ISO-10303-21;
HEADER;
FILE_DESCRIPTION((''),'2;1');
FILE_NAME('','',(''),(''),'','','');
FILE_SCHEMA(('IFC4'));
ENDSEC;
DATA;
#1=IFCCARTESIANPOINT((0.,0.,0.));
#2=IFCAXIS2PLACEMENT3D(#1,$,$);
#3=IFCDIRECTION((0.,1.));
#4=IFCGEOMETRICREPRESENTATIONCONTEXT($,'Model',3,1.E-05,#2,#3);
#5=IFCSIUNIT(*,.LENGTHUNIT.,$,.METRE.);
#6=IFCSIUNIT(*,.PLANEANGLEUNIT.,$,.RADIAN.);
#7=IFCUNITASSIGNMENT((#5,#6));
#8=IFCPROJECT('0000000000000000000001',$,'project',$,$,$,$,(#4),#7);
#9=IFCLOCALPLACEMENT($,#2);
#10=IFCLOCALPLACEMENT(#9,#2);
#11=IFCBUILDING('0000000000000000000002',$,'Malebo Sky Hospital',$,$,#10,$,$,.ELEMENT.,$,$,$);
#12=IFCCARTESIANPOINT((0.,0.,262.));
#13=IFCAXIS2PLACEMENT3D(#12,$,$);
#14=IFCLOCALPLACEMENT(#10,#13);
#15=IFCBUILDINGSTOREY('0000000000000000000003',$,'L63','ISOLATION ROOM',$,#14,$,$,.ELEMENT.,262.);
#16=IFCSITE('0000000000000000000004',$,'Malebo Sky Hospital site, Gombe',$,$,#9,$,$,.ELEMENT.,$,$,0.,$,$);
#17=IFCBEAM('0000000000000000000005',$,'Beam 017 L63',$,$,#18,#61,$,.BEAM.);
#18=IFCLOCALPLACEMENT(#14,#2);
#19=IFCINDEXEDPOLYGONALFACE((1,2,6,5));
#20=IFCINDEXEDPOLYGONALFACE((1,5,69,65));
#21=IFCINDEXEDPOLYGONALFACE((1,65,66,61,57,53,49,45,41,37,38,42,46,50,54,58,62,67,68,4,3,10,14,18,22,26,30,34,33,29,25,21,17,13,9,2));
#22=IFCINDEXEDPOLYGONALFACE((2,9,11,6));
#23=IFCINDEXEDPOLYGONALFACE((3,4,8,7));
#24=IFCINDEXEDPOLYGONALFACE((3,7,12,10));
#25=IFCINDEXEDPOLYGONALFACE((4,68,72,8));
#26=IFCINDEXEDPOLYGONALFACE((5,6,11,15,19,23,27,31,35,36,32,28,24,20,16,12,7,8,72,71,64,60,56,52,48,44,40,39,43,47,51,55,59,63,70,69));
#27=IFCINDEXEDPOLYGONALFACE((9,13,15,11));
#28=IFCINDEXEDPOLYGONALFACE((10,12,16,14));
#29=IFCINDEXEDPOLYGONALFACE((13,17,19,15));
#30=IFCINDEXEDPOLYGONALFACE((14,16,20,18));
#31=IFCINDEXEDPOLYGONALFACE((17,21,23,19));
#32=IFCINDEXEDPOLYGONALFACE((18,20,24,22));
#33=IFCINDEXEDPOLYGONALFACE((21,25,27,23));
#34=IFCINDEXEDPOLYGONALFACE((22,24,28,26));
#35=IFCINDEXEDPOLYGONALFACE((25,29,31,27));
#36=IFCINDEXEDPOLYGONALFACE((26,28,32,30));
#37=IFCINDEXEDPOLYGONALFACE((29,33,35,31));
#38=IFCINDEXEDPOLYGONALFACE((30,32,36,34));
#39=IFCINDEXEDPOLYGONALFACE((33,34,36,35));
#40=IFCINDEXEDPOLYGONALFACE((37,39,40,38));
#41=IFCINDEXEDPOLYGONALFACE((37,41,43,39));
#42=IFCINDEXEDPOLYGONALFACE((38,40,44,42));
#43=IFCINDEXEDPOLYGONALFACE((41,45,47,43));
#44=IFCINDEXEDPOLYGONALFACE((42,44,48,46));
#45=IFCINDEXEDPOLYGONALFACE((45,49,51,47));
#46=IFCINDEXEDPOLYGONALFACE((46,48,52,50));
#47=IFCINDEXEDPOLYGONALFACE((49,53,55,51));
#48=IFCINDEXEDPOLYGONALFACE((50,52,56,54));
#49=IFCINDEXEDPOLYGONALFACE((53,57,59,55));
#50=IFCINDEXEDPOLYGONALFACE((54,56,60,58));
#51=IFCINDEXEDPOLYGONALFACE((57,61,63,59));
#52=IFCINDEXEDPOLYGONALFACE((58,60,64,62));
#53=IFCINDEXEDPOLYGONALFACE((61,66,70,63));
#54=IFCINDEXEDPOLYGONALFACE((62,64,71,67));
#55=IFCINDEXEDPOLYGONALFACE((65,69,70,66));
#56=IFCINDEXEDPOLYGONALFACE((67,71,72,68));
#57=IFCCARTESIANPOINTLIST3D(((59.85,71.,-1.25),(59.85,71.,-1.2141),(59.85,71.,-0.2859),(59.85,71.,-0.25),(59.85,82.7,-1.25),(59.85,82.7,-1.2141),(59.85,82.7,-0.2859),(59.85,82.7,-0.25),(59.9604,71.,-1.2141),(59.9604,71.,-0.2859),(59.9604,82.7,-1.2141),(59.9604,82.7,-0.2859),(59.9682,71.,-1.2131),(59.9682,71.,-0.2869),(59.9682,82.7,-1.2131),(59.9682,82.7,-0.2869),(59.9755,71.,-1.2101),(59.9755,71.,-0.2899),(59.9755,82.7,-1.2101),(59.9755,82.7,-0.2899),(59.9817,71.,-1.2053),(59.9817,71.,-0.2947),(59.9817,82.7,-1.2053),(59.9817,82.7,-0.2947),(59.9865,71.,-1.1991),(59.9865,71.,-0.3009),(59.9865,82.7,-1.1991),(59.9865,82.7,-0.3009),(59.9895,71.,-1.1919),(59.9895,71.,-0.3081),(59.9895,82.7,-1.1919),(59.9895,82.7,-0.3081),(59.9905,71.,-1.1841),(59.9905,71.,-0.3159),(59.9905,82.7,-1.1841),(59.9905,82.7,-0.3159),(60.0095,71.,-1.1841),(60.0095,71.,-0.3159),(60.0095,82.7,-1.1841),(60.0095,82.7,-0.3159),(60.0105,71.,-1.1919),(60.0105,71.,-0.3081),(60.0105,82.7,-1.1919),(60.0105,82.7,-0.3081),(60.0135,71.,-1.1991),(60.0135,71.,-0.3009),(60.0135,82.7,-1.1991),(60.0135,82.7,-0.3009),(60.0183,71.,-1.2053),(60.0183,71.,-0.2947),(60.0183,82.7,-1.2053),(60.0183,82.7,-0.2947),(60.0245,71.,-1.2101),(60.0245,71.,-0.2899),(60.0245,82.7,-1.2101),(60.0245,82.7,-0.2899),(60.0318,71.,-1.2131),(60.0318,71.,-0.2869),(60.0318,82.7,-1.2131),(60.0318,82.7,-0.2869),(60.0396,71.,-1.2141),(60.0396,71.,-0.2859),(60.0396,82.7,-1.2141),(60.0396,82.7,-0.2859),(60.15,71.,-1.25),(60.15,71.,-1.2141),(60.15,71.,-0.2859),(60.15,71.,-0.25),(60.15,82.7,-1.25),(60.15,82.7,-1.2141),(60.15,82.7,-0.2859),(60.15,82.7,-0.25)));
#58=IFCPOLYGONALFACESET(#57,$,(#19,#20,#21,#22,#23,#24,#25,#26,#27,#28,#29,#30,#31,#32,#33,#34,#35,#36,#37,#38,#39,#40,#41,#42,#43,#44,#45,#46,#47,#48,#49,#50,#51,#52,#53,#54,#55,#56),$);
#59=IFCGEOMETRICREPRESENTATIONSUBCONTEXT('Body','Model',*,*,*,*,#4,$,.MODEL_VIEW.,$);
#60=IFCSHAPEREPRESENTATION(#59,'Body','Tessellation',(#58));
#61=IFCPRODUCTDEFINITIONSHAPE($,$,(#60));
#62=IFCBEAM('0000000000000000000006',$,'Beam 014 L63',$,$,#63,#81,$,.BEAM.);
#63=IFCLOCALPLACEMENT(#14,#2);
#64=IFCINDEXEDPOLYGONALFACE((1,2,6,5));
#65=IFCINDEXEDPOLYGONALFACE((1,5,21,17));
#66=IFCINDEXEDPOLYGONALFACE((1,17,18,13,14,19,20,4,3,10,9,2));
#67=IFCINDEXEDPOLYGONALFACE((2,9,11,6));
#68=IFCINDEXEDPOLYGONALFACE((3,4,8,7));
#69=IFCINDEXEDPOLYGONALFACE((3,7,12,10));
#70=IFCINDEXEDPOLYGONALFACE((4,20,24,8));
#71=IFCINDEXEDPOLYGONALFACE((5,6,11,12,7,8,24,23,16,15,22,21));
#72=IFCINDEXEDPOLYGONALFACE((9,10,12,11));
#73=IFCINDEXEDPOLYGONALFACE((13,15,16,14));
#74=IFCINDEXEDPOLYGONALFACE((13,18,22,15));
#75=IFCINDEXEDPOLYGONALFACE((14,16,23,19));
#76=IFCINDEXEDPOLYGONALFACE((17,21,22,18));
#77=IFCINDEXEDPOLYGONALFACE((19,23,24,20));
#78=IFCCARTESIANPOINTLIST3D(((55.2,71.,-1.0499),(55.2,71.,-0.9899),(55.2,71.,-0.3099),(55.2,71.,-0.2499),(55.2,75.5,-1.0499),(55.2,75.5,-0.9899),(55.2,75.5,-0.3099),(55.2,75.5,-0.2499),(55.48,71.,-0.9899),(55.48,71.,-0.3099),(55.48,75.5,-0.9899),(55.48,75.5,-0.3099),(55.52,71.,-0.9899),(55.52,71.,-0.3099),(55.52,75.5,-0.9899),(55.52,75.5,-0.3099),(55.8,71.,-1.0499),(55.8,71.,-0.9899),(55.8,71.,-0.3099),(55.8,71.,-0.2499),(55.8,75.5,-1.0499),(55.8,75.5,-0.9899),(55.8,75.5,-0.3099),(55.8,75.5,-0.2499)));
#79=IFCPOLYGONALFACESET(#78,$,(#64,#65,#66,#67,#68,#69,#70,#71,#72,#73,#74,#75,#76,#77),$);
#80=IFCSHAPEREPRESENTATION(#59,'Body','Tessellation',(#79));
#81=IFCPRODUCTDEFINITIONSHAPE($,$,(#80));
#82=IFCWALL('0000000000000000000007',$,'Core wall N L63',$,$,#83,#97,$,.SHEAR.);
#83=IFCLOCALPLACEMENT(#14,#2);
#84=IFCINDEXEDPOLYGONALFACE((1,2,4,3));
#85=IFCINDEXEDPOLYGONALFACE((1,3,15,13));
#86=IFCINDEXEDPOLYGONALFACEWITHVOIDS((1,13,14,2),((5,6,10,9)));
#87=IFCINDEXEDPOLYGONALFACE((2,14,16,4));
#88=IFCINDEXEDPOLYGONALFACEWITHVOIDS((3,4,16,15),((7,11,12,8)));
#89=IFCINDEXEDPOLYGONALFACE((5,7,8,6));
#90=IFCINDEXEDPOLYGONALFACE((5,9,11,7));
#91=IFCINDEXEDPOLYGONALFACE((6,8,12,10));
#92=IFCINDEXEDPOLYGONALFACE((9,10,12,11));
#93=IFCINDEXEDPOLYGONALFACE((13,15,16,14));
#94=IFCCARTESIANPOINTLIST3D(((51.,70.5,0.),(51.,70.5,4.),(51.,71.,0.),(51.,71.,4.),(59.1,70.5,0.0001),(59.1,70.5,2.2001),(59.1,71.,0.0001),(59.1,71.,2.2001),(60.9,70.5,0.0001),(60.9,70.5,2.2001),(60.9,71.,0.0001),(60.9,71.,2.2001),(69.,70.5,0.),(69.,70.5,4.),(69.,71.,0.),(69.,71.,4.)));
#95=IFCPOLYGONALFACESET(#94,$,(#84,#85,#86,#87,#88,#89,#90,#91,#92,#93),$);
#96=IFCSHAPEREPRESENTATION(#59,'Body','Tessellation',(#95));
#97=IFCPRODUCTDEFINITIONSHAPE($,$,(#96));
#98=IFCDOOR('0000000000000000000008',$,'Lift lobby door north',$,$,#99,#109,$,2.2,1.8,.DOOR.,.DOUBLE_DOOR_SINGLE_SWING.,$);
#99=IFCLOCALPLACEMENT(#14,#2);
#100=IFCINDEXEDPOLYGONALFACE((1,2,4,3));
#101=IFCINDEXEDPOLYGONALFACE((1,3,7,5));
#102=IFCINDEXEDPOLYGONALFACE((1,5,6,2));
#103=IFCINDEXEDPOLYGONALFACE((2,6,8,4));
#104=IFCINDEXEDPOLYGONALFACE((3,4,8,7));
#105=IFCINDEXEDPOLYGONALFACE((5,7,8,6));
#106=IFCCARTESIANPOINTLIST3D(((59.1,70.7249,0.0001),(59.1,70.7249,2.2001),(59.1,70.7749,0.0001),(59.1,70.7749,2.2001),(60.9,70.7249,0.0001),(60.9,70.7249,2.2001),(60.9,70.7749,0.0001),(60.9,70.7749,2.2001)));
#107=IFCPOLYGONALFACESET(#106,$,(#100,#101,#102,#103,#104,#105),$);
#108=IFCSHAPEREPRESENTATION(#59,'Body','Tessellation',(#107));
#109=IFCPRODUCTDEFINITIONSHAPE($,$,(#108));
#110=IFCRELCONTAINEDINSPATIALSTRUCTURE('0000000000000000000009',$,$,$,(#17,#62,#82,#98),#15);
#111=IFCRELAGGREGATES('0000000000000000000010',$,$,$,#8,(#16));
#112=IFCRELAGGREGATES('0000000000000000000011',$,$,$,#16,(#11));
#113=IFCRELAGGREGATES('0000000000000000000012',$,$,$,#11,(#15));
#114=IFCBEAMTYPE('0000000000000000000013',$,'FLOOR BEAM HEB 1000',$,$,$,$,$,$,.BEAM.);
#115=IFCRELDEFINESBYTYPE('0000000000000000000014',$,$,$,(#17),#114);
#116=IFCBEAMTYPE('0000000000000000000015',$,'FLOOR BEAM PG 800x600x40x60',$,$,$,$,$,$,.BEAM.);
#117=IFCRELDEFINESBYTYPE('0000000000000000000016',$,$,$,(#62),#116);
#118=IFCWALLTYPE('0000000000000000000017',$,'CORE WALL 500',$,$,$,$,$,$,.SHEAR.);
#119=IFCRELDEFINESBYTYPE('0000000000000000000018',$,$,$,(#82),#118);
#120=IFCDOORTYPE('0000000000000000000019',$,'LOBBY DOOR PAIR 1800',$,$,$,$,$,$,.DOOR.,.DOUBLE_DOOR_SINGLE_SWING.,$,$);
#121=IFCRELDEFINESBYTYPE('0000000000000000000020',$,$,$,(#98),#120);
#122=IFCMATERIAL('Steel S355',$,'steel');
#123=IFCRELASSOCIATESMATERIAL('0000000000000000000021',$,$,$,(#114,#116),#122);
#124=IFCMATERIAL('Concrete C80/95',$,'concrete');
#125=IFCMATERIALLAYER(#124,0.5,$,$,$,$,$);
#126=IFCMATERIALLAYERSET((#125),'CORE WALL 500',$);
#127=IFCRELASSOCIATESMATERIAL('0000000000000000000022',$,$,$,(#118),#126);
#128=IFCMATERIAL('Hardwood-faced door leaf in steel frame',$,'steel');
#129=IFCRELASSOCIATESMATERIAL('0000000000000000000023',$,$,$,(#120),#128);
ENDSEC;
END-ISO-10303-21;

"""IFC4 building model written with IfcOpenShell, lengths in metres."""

from ifc_helpers import new_model, si_unit, direction, frame, frame_2d, origin, origin_2d, place, context, subcontext, project, spatial, rectangle, i_section, extrude, material, layer, layer_set, material_profile, profile_set, type_object, element, fill, save


model = new_model("IFC4")

# Units and contexts
model_context = context("Model", 3, precision=1e-05, world=origin(), true_north=direction((0.0, 1.0)))
body_context = subcontext(model_context, "Body", "Model", "MODEL_VIEW")
ifc_project = project(units=[si_unit("LENGTHUNIT", "METRE"), si_unit("PLANEANGLEUNIT", "RADIAN")], contexts=[model_context])

# Site, building, storey
site_placement = place(None, origin())
site = spatial("IfcSite", under=ifc_project, at=site_placement, Name="Malebo Sky Hospital site, Gombe", CompositionType="ELEMENT", RefElevation=0.0)
building_placement = place(site_placement, origin())
building = spatial("IfcBuilding", under=site, at=building_placement, Name="Malebo Sky Hospital", CompositionType="ELEMENT")
storey_placement = place(building_placement, frame((0.0, 0.0, 262.0)))
storey = spatial("IfcBuildingStorey", under=building, at=storey_placement, Name="L63", Description="ISOLATION ROOM", CompositionType="ELEMENT", Elevation=262.0)

# Beams
ifc_material_1 = material(Name="Steel S355", Category="steel")
ifc_material_profile_1 = material_profile(ifc_material_1, i_section(OverallWidth=0.3, OverallDepth=1.0, WebThickness=0.019, FlangeThickness=0.0359, FilletRadius=0.03, at=origin_2d()), Name="HEB 1000")
ifc_profile_set_1 = profile_set([ifc_material_profile_1], Name="Steel S355")
beam_type_1 = type_object("IfcBeamType", Name="FLOOR BEAM HEB 1000", PredefinedType="BEAM", material=ifc_profile_set_1)
beam_1_placement = place(storey_placement, frame((60.0, 71.0, -0.75), z_axis=(0.0, 1.0, 0.0), x_axis=(-1.0, 0.0, 0.0)))
element("IfcBeam", 1, at=beam_1_placement, inside=storey, type_object=beam_type_1, Name="Beam 017 L63", PredefinedType="BEAM", context=body_context, shape_type="SweptSolid", body=[
    extrude(i_section(OverallWidth=0.3, OverallDepth=1.0, WebThickness=0.019, FlangeThickness=0.0359, FilletRadius=0.03, at=origin_2d()), origin(), (0.0, 0.0, 1.0), 11.7),
])
ifc_material_profile_2 = material_profile(ifc_material_1, i_section(OverallWidth=0.6001, OverallDepth=0.8, WebThickness=0.04, FlangeThickness=0.0601, at=origin_2d()), Name="PG 800x600x40x60")
ifc_profile_set_2 = profile_set([ifc_material_profile_2], Name="Steel S355")
beam_type_2 = type_object("IfcBeamType", Name="FLOOR BEAM PG 800x600x40x60", PredefinedType="BEAM", material=ifc_profile_set_2)
beam_2_placement = place(storey_placement, frame((55.5, 71.0, -0.6499), z_axis=(0.0, 1.0, 0.0), x_axis=(-1.0, 0.0, 0.0)))
element("IfcBeam", 2, at=beam_2_placement, inside=storey, type_object=beam_type_2, Name="Beam 014 L63", PredefinedType="BEAM", context=body_context, shape_type="SweptSolid", body=[
    extrude(i_section(OverallWidth=0.6001, OverallDepth=0.8, WebThickness=0.04, FlangeThickness=0.0601, at=origin_2d()), origin(), (0.0, 0.0, 1.0), 4.5),
])

# Wall, opening, door
ifc_material_2 = material(Name="Concrete C80/95", Category="concrete")
ifc_layer_1 = layer(ifc_material_2, 0.5)
ifc_layer_set_1 = layer_set([ifc_layer_1], Name="CORE WALL 500")
wall_type_1 = type_object("IfcWallType", Name="CORE WALL 500", PredefinedType="SHEAR", material=ifc_layer_set_1)
wall_1_placement = place(storey_placement, frame((51.0, 70.75, 0.0), z_axis=(0.0, 0.0, 1.0), x_axis=(1.0, 0.0, 0.0)))
wall_1 = element("IfcWall", 3, at=wall_1_placement, inside=storey, type_object=wall_type_1, Name="Core wall N L63", PredefinedType="SHEAR", context=body_context, shape_type="SweptSolid", body=[
    extrude(rectangle(XDim=18.0, YDim=0.5, at=frame_2d((9.0, 0.0))), origin(), (0.0, 0.0, 1.0), 4.0),
])
opening_1_placement = place(wall_1_placement, frame((8.1001, 0.0, 0.0)))
opening_1 = element("IfcOpeningElement", 4, at=opening_1_placement, cuts=wall_1, PredefinedType="OPENING", context=body_context, shape_type="SweptSolid", body=[
    extrude(rectangle(XDim=1.8, YDim=2.2, at=frame_2d((0.8999, 1.1001))), frame((0.0, 0.26, 0.0), z_axis=(0.0, -1.0, 0.0), x_axis=(1.0, 0.0, 0.0)), (0.0, 0.0, 1.0), 0.52),
])
ifc_material_3 = material(Name="Hardwood-faced door leaf in steel frame", Category="steel")
door_type_1 = type_object("IfcDoorType", Name="LOBBY DOOR PAIR 1800", OperationType="DOUBLE_DOOR_SINGLE_SWING", PredefinedType="DOOR", material=ifc_material_3)
door_1_placement = place(opening_1_placement, origin())
door_1 = element("IfcDoor", 5, at=door_1_placement, inside=storey, type_object=door_type_1, Name="Lift lobby door north", OperationType="DOUBLE_DOOR_SINGLE_SWING", OverallHeight=2.2, OverallWidth=1.8, PredefinedType="DOOR", context=body_context, shape_type="SweptSolid", body=[
    extrude(rectangle(XDim=1.8, YDim=2.2, at=frame_2d((0.8999, 1.1001))), frame((0.0, 0.0249, 0.0), z_axis=(0.0, -1.0, 0.0), x_axis=(1.0, 0.0, 0.0)), (0.0, 0.0, 1.0), 0.05),
])
fill(opening_1, door_1)

save(model, "model.ifc")
